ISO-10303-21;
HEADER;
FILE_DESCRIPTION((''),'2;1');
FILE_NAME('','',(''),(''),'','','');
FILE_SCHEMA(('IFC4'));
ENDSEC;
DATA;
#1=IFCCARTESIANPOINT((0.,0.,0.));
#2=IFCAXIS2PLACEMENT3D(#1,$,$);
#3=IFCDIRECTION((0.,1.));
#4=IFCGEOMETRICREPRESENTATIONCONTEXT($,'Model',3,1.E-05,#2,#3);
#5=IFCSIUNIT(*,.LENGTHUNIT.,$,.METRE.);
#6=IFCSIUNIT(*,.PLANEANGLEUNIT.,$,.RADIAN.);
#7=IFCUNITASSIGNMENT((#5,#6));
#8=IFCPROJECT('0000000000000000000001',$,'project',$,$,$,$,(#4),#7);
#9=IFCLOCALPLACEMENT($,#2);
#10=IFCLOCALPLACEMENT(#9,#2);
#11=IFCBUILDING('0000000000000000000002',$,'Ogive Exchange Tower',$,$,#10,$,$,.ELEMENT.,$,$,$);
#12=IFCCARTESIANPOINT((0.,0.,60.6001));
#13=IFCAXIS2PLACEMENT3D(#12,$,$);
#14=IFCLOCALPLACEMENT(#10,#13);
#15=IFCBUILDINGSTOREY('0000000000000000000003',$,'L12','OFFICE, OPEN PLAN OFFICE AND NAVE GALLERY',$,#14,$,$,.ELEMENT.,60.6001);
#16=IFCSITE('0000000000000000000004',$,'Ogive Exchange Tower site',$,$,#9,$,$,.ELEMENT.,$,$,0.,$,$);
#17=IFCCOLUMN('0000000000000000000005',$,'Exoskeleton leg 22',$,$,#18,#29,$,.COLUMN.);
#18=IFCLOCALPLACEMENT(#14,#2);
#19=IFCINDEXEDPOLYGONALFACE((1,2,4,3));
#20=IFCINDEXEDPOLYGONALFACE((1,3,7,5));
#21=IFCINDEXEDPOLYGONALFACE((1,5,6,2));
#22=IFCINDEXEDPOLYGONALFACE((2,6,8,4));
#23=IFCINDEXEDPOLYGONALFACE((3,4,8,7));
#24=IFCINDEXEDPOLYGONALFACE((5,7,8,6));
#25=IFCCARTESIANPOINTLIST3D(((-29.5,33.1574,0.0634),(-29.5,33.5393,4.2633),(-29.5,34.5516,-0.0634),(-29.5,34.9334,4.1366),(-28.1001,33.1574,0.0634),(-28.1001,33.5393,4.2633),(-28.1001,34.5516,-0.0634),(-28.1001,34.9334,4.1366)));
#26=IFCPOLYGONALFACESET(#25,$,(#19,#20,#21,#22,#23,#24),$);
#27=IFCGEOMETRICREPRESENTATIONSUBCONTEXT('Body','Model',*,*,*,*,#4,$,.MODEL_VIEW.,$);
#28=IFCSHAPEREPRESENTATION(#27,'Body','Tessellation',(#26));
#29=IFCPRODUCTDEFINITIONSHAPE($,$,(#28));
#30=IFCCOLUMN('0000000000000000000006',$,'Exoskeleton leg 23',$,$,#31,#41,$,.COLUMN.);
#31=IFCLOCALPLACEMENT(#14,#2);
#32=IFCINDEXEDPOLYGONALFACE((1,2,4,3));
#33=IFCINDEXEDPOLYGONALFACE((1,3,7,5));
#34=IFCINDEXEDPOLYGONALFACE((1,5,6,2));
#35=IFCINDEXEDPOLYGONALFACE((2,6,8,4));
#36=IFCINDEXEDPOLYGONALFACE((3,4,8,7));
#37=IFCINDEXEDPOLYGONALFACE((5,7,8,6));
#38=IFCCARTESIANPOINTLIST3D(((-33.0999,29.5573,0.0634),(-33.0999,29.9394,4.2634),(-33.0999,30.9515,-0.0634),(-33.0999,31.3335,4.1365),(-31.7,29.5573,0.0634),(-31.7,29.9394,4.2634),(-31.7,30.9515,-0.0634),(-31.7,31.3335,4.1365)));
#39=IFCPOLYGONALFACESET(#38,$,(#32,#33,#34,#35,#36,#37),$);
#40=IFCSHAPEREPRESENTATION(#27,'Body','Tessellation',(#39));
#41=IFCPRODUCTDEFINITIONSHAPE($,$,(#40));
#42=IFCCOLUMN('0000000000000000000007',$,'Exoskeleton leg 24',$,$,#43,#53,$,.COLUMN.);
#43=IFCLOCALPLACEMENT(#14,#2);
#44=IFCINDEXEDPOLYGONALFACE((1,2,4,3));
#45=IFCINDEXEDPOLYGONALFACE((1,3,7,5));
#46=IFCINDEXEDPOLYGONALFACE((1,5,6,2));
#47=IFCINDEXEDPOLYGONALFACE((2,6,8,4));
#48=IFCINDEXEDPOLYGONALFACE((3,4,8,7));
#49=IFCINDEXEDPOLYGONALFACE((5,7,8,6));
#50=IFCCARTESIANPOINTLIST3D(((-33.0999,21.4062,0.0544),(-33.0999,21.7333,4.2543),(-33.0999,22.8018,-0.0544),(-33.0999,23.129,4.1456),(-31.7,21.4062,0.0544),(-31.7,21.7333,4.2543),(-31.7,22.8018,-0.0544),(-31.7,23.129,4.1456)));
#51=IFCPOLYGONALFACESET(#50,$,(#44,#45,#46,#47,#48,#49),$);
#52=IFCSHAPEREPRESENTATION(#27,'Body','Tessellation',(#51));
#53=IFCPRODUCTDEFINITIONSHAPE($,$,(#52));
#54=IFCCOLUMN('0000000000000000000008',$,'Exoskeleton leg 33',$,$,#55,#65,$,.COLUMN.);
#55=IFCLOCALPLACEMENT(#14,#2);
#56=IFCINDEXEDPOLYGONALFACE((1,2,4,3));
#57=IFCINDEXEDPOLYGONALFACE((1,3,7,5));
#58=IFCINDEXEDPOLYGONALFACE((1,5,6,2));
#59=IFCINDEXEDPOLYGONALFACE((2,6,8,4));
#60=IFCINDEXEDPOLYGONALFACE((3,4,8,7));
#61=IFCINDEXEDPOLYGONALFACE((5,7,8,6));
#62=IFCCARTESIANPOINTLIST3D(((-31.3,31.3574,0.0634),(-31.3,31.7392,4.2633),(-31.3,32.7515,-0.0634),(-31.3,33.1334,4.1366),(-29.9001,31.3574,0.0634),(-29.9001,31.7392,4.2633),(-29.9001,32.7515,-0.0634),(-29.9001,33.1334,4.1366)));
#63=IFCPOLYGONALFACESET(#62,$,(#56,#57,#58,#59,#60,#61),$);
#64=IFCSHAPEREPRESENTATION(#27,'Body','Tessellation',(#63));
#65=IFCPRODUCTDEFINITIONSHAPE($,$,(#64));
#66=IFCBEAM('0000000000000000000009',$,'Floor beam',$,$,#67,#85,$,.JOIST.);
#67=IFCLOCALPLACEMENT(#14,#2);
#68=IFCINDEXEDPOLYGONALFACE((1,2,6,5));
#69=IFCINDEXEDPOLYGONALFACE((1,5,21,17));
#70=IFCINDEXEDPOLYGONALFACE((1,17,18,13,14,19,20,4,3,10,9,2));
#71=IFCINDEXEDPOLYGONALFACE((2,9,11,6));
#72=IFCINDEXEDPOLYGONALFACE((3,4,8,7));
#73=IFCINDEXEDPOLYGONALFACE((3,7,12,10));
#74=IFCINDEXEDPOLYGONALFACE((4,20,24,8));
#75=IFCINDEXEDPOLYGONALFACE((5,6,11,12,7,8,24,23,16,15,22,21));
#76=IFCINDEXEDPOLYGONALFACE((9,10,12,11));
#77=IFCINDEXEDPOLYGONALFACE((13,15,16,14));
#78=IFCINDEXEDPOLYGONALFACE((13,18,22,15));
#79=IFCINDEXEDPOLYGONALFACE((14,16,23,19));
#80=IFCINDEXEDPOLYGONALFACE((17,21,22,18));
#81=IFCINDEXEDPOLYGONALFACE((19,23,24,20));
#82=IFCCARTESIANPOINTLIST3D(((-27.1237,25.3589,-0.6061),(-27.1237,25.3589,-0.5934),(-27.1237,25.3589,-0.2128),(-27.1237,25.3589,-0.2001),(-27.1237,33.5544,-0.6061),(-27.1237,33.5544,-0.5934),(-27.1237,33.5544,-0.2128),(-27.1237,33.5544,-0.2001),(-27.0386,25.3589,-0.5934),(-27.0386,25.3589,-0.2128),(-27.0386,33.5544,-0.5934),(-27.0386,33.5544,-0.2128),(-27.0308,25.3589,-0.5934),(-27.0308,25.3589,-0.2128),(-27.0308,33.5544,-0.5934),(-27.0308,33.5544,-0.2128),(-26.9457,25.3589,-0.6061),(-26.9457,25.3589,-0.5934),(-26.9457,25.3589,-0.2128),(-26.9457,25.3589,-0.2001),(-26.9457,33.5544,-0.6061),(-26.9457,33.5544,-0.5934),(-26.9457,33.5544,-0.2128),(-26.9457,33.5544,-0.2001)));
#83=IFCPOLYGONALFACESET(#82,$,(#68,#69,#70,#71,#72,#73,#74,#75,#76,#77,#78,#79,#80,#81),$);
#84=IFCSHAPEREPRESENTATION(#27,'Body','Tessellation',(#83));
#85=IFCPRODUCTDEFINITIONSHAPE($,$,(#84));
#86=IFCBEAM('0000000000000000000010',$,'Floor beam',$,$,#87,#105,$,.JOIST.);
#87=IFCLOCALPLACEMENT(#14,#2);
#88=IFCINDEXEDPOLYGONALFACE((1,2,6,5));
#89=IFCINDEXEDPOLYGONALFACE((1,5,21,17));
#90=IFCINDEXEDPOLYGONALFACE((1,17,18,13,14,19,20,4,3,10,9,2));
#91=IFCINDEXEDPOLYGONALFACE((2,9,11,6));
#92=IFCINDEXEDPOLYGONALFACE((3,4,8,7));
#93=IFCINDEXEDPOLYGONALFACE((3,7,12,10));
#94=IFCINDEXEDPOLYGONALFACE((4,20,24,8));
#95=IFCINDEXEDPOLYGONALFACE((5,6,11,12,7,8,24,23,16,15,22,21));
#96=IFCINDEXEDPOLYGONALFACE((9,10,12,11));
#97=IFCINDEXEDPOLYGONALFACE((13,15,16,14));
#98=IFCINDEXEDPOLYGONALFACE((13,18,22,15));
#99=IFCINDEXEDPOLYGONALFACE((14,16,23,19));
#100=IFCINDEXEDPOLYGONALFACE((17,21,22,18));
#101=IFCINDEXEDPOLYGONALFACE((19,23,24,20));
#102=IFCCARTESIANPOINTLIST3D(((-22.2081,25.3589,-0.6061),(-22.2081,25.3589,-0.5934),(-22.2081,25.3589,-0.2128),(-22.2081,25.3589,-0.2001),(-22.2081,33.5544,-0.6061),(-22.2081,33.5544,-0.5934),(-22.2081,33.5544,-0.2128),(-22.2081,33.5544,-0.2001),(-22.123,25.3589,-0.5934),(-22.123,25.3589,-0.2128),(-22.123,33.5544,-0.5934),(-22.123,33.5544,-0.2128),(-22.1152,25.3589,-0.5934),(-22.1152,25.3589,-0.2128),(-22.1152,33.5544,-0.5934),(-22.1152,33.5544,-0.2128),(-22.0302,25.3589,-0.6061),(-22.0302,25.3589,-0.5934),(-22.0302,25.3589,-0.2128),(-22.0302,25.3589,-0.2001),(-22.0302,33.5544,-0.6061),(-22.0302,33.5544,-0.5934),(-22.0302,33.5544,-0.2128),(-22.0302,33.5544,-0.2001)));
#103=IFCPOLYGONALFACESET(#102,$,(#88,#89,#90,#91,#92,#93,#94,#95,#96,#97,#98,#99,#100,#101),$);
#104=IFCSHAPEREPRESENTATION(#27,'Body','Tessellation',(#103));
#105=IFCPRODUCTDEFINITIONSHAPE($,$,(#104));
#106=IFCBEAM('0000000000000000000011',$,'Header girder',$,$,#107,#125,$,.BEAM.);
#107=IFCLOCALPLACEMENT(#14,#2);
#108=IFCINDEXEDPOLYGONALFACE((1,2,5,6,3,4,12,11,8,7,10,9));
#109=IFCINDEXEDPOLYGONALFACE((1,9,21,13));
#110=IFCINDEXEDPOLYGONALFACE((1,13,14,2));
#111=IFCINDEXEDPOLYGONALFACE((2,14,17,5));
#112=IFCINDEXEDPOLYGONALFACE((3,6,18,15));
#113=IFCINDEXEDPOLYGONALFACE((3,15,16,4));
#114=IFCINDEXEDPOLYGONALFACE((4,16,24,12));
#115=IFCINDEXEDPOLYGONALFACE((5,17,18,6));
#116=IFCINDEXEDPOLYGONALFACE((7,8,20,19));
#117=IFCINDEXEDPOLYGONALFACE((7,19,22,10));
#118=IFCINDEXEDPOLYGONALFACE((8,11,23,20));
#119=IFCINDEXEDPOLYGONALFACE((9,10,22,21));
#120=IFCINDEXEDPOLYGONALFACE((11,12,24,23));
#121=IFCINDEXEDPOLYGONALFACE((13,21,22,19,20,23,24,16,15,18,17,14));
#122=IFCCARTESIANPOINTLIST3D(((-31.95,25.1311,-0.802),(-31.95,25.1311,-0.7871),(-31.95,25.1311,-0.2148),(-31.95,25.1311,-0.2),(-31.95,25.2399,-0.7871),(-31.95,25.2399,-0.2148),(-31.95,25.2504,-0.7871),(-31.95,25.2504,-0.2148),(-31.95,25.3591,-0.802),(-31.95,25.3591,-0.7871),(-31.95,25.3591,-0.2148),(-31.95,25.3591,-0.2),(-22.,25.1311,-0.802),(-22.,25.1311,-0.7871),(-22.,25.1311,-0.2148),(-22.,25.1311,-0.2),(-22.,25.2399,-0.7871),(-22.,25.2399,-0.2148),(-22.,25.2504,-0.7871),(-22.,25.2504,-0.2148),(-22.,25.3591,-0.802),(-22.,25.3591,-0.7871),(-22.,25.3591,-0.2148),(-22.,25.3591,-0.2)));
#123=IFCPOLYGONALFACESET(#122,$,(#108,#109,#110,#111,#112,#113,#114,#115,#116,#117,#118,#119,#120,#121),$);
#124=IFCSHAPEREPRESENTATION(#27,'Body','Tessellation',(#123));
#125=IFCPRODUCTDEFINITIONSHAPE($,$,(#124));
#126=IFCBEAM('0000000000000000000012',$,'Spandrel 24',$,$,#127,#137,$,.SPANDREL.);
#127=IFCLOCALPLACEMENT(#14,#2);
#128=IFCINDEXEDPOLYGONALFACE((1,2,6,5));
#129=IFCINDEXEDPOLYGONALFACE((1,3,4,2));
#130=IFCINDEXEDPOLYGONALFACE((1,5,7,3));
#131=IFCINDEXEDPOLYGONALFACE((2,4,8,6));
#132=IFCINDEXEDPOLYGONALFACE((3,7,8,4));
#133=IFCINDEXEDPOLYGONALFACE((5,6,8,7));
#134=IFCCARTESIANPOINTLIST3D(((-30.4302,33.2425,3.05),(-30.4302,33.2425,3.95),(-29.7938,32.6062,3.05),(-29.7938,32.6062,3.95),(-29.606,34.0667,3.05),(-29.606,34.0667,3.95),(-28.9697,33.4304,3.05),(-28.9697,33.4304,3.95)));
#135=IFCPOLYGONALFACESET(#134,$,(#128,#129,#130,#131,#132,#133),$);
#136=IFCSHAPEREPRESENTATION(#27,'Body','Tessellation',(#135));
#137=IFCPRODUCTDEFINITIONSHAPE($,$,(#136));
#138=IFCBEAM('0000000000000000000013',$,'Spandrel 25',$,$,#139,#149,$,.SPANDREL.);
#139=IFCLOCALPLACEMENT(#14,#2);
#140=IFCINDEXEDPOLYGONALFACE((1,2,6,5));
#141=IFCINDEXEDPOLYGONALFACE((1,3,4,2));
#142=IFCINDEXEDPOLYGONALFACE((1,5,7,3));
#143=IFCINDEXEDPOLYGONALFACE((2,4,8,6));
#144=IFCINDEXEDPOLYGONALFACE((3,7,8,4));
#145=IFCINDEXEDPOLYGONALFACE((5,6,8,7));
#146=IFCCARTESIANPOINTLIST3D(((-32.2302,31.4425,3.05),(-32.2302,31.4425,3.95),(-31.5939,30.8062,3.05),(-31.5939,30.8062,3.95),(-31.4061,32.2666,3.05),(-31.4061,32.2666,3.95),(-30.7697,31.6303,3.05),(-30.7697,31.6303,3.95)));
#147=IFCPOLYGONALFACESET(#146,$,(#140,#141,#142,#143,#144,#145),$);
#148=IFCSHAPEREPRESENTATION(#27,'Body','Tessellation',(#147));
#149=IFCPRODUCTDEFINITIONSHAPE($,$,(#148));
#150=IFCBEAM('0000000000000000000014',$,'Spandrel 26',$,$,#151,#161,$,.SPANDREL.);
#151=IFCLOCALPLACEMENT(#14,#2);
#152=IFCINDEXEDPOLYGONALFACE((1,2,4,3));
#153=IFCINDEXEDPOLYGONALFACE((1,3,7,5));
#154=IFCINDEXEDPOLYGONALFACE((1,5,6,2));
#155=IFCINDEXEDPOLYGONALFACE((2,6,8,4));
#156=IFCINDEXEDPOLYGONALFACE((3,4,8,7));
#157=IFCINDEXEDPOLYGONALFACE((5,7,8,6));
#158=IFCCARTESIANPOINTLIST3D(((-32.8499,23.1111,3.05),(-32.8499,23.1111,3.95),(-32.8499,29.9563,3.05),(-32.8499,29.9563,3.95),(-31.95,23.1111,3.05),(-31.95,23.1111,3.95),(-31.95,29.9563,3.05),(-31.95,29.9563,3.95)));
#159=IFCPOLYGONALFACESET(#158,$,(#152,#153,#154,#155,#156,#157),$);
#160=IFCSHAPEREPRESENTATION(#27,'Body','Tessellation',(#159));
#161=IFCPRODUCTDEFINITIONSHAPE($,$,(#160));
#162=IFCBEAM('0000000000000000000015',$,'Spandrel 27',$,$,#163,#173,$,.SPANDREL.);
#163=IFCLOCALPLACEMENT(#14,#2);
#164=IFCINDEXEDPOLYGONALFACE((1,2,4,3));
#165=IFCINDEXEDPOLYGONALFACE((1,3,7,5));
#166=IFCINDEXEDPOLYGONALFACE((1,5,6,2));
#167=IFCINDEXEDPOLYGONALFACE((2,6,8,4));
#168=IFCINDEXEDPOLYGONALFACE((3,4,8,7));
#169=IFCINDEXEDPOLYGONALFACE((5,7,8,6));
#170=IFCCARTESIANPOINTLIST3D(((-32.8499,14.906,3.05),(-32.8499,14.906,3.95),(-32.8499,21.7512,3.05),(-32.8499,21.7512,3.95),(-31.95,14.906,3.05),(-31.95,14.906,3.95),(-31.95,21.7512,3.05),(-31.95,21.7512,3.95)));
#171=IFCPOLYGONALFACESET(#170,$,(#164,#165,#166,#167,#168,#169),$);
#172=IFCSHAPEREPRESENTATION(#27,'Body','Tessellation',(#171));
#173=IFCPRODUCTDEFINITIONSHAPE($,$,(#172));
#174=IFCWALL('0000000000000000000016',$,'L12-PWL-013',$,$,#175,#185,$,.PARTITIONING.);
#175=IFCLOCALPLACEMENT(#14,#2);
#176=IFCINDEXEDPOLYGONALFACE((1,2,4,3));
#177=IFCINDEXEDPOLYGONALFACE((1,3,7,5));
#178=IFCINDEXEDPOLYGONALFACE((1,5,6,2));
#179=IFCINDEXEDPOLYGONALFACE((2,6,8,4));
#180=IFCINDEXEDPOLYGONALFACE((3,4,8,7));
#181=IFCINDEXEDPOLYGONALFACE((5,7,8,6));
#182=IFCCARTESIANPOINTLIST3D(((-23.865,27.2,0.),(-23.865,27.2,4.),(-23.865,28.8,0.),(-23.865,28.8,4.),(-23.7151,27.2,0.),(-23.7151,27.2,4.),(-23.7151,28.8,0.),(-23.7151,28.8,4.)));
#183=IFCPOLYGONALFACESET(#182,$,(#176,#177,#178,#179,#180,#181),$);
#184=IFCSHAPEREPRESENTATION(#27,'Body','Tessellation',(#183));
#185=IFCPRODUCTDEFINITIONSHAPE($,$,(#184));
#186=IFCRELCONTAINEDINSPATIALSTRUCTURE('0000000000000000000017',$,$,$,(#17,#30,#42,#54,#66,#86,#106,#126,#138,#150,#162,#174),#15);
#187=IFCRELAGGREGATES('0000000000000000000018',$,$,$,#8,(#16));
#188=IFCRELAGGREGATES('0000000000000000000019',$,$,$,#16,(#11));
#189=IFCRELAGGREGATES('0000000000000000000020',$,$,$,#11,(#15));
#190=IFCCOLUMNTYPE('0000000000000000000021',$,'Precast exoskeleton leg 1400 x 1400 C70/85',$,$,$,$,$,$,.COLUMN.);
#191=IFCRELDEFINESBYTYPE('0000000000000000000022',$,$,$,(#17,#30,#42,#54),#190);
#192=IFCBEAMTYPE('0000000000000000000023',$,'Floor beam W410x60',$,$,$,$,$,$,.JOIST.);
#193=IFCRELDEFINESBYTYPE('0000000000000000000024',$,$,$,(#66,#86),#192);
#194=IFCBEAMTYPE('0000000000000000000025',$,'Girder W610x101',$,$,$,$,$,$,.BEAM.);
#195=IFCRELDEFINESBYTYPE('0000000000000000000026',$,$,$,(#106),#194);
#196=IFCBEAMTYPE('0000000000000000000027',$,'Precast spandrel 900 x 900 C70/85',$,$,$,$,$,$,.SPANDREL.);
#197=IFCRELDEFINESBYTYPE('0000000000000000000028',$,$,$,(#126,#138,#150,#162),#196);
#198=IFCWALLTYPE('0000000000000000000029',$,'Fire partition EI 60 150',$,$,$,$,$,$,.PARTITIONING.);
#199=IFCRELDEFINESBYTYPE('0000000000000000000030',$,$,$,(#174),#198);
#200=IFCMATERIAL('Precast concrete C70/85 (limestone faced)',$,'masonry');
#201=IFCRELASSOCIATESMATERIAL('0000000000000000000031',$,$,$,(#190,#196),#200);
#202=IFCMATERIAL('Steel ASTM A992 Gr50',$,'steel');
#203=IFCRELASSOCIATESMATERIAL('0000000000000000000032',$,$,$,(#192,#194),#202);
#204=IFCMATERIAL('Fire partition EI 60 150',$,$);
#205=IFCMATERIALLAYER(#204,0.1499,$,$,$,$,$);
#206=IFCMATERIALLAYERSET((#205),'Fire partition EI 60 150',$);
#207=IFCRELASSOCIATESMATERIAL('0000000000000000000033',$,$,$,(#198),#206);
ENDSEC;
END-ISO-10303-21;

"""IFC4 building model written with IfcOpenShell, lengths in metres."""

from ifc_helpers import new_model, si_unit, direction, frame, frame_2d, origin, origin_2d, place, context, subcontext, project, spatial, rectangle, i_section, extrude, material, layer, layer_set, material_profile, profile_set, type_object, element, save


model = new_model("IFC4")

# Units and contexts
model_context = context("Model", 3, precision=1e-05, world=origin(), true_north=direction((0.0, 1.0)))
body_context = subcontext(model_context, "Body", "Model", "MODEL_VIEW")
ifc_project = project(units=[si_unit("LENGTHUNIT", "METRE"), si_unit("PLANEANGLEUNIT", "RADIAN")], contexts=[model_context])

# Site, building, storey
site_placement = place(None, origin())
site = spatial("IfcSite", under=ifc_project, at=site_placement, Name="Ogive Exchange Tower site", CompositionType="ELEMENT", RefElevation=0.0)
building_placement = place(site_placement, origin())
building = spatial("IfcBuilding", under=site, at=building_placement, Name="Ogive Exchange Tower", CompositionType="ELEMENT")
storey_placement = place(building_placement, frame((0.0, 0.0, 60.6001)))
storey = spatial("IfcBuildingStorey", under=building, at=storey_placement, Name="L12", Description="OFFICE, OPEN PLAN OFFICE AND NAVE GALLERY", CompositionType="ELEMENT", Elevation=60.6001)

# Columns
ifc_material_1 = material(Name="Precast concrete C70/85 (limestone faced)", Category="masonry")
ifc_material_profile_1 = material_profile(ifc_material_1, rectangle(XDim=1.3999, YDim=1.3999, at=origin_2d()), Name="1400 x 1400")
ifc_profile_set_1 = profile_set([ifc_material_profile_1], Name="Precast concrete C70/85 (limestone faced)")
column_type = type_object("IfcColumnType", Name="Precast exoskeleton leg 1400 x 1400 C70/85", PredefinedType="COLUMN", material=ifc_profile_set_1)
for number, where, z_axis, x_axis, name in (
    (1, (-28.8, 33.8545, 0.0), (0.0, 0.090541, 0.995893), (-1.0, 0.0, 0.0), "Exoskeleton leg 22"),
    (2, (-32.3999, 30.2544, 0.0), (0.0, 0.090598, 0.995888), (-1.0, 0.0, 0.0), "Exoskeleton leg 23"),
):
    element("IfcColumn", number, at=place(storey_placement, frame(where, z_axis=z_axis, x_axis=x_axis)), inside=storey, type_object=column_type, Name=name, PredefinedType="COLUMN", context=body_context, shape_type="SweptSolid", body=[
        extrude(rectangle(XDim=1.3999, YDim=1.3999, at=origin_2d()), origin(), (0.0, 0.0, 1.0), 4.2173),
    ])
column_1_placement = place(storey_placement, frame((-32.3999, 22.104, 0.0), z_axis=(0.0, 0.077658, 0.99698), x_axis=(-1.0, 0.0, 0.0)))
element("IfcColumn", 3, at=column_1_placement, inside=storey, type_object=column_type, Name="Exoskeleton leg 24", PredefinedType="COLUMN", context=body_context, shape_type="SweptSolid", body=[
    extrude(rectangle(XDim=1.3999, YDim=1.3999, at=origin_2d()), origin(), (0.0, 0.0, 1.0), 4.2126),
])
column_2_placement = place(storey_placement, frame((-30.6001, 32.0544, 0.0), z_axis=(0.0, 0.090541, 0.995893), x_axis=(-1.0, 0.0, 0.0)))
element("IfcColumn", 4, at=column_2_placement, inside=storey, type_object=column_type, Name="Exoskeleton leg 33", PredefinedType="COLUMN", context=body_context, shape_type="SweptSolid", body=[
    extrude(rectangle(XDim=1.3999, YDim=1.3999, at=origin_2d()), origin(), (0.0, 0.0, 1.0), 4.2173),
])

# Beams
ifc_material_2 = material(Name="Steel ASTM A992 Gr50", Category="steel")
ifc_material_profile_2 = material_profile(ifc_material_2, i_section(OverallWidth=0.178, OverallDepth=0.406, WebThickness=0.0078, FlangeThickness=0.0127, at=origin_2d()), Name="W410x60")
ifc_profile_set_2 = profile_set([ifc_material_profile_2], Name="Steel ASTM A992 Gr50")
beam_type_1 = type_object("IfcBeamType", Name="Floor beam W410x60", PredefinedType="JOIST", material=ifc_profile_set_2)
for number, where, z_axis, x_axis, name in (
    (5, (-27.0347, 25.3589, -0.4031), (0.0, 1.0, 0.0), (-1.0, 0.0, 0.0), "Floor beam"),
    (6, (-22.1191, 25.3589, -0.4031), (0.0, 1.0, 0.0), (-1.0, 0.0, 0.0), "Floor beam"),
):
    element("IfcBeam", number, at=place(storey_placement, frame(where, z_axis=z_axis, x_axis=x_axis)), inside=storey, type_object=beam_type_1, Name=name, PredefinedType="JOIST", context=body_context, shape_type="SweptSolid", body=[
        extrude(i_section(OverallWidth=0.178, OverallDepth=0.406, WebThickness=0.0078, FlangeThickness=0.0127, at=origin_2d()), origin(), (0.0, 0.0, 1.0), 8.1956),
    ])
ifc_material_profile_3 = material_profile(ifc_material_2, i_section(OverallWidth=0.228, OverallDepth=0.6021, WebThickness=0.0105, FlangeThickness=0.0149, at=origin_2d()), Name="W610x101")
ifc_profile_set_3 = profile_set([ifc_material_profile_3], Name="Steel ASTM A992 Gr50")
beam_type_2 = type_object("IfcBeamType", Name="Girder W610x101", PredefinedType="BEAM", material=ifc_profile_set_3)
beam_placement = place(storey_placement, frame((-31.95, 25.2451, -0.501), z_axis=(1.0, 0.0, 0.0), x_axis=(0.0, 1.0, 0.0)))
element("IfcBeam", 7, at=beam_placement, inside=storey, type_object=beam_type_2, Name="Header girder", PredefinedType="BEAM", context=body_context, shape_type="SweptSolid", body=[
    extrude(i_section(OverallWidth=0.228, OverallDepth=0.6021, WebThickness=0.0105, FlangeThickness=0.0149, at=origin_2d()), origin(), (0.0, 0.0, 1.0), 9.95),
])
ifc_material_profile_4 = material_profile(ifc_material_1, rectangle(XDim=0.8999, YDim=0.8999, at=origin_2d()), Name="900 x 900")
ifc_profile_set_4 = profile_set([ifc_material_profile_4], Name="Precast concrete C70/85 (limestone faced)")
beam_type_3 = type_object("IfcBeamType", Name="Precast spandrel 900 x 900 C70/85", PredefinedType="SPANDREL", material=ifc_profile_set_4)
for number, where, z_axis, x_axis, name in (
    (8, (-29.2878, 33.7485, 3.5), (-0.707107, -0.707107, 0.0), (0.707107, -0.707107, 0.0), "Spandrel 24"),
    (9, (-31.0879, 31.9485, 3.5), (-0.707107, -0.707107, 0.0), (0.707107, -0.707107, 0.0), "Spandrel 25"),
):
    element("IfcBeam", number, at=place(storey_placement, frame(where, z_axis=z_axis, x_axis=x_axis)), inside=storey, type_object=beam_type_3, Name=name, PredefinedType="SPANDREL", context=body_context, shape_type="SweptSolid", body=[
        extrude(rectangle(XDim=0.8999, YDim=0.8999, at=origin_2d()), origin(), (0.0, 0.0, 1.0), 1.1655),
    ])
for number, where, z_axis, x_axis, name in (
    (10, (-32.3999, 29.9563, 3.5), (0.0, -1.0, 0.0), (1.0, 0.0, 0.0), "Spandrel 26"),
    (11, (-32.3999, 21.7512, 3.5), (0.0, -1.0, 0.0), (1.0, 0.0, 0.0), "Spandrel 27"),
):
    element("IfcBeam", number, at=place(storey_placement, frame(where, z_axis=z_axis, x_axis=x_axis)), inside=storey, type_object=beam_type_3, Name=name, PredefinedType="SPANDREL", context=body_context, shape_type="SweptSolid", body=[
        extrude(rectangle(XDim=0.8999, YDim=0.8999, at=origin_2d()), origin(), (0.0, 0.0, 1.0), 6.8452),
    ])

# Wall
ifc_material_3 = material(Name="Fire partition EI 60 150")
ifc_layer_1 = layer(ifc_material_3, 0.1499)
ifc_layer_set_1 = layer_set([ifc_layer_1], Name="Fire partition EI 60 150")
wall_type_1 = type_object("IfcWallType", Name="Fire partition EI 60 150", PredefinedType="PARTITIONING", material=ifc_layer_set_1)
wall_1_placement = place(storey_placement, frame((-23.79, 27.2, 0.0), z_axis=(0.0, 0.0, 1.0), x_axis=(0.0, 1.0, 0.0)))
element("IfcWall", 12, at=wall_1_placement, inside=storey, type_object=wall_type_1, Name="L12-PWL-013", PredefinedType="PARTITIONING", context=body_context, shape_type="SweptSolid", body=[
    extrude(rectangle(XDim=1.6001, YDim=0.1499, at=frame_2d((0.8, 0.0))), origin(), (0.0, 0.0, 1.0), 4.0),
])

save(model, "model.ifc")
